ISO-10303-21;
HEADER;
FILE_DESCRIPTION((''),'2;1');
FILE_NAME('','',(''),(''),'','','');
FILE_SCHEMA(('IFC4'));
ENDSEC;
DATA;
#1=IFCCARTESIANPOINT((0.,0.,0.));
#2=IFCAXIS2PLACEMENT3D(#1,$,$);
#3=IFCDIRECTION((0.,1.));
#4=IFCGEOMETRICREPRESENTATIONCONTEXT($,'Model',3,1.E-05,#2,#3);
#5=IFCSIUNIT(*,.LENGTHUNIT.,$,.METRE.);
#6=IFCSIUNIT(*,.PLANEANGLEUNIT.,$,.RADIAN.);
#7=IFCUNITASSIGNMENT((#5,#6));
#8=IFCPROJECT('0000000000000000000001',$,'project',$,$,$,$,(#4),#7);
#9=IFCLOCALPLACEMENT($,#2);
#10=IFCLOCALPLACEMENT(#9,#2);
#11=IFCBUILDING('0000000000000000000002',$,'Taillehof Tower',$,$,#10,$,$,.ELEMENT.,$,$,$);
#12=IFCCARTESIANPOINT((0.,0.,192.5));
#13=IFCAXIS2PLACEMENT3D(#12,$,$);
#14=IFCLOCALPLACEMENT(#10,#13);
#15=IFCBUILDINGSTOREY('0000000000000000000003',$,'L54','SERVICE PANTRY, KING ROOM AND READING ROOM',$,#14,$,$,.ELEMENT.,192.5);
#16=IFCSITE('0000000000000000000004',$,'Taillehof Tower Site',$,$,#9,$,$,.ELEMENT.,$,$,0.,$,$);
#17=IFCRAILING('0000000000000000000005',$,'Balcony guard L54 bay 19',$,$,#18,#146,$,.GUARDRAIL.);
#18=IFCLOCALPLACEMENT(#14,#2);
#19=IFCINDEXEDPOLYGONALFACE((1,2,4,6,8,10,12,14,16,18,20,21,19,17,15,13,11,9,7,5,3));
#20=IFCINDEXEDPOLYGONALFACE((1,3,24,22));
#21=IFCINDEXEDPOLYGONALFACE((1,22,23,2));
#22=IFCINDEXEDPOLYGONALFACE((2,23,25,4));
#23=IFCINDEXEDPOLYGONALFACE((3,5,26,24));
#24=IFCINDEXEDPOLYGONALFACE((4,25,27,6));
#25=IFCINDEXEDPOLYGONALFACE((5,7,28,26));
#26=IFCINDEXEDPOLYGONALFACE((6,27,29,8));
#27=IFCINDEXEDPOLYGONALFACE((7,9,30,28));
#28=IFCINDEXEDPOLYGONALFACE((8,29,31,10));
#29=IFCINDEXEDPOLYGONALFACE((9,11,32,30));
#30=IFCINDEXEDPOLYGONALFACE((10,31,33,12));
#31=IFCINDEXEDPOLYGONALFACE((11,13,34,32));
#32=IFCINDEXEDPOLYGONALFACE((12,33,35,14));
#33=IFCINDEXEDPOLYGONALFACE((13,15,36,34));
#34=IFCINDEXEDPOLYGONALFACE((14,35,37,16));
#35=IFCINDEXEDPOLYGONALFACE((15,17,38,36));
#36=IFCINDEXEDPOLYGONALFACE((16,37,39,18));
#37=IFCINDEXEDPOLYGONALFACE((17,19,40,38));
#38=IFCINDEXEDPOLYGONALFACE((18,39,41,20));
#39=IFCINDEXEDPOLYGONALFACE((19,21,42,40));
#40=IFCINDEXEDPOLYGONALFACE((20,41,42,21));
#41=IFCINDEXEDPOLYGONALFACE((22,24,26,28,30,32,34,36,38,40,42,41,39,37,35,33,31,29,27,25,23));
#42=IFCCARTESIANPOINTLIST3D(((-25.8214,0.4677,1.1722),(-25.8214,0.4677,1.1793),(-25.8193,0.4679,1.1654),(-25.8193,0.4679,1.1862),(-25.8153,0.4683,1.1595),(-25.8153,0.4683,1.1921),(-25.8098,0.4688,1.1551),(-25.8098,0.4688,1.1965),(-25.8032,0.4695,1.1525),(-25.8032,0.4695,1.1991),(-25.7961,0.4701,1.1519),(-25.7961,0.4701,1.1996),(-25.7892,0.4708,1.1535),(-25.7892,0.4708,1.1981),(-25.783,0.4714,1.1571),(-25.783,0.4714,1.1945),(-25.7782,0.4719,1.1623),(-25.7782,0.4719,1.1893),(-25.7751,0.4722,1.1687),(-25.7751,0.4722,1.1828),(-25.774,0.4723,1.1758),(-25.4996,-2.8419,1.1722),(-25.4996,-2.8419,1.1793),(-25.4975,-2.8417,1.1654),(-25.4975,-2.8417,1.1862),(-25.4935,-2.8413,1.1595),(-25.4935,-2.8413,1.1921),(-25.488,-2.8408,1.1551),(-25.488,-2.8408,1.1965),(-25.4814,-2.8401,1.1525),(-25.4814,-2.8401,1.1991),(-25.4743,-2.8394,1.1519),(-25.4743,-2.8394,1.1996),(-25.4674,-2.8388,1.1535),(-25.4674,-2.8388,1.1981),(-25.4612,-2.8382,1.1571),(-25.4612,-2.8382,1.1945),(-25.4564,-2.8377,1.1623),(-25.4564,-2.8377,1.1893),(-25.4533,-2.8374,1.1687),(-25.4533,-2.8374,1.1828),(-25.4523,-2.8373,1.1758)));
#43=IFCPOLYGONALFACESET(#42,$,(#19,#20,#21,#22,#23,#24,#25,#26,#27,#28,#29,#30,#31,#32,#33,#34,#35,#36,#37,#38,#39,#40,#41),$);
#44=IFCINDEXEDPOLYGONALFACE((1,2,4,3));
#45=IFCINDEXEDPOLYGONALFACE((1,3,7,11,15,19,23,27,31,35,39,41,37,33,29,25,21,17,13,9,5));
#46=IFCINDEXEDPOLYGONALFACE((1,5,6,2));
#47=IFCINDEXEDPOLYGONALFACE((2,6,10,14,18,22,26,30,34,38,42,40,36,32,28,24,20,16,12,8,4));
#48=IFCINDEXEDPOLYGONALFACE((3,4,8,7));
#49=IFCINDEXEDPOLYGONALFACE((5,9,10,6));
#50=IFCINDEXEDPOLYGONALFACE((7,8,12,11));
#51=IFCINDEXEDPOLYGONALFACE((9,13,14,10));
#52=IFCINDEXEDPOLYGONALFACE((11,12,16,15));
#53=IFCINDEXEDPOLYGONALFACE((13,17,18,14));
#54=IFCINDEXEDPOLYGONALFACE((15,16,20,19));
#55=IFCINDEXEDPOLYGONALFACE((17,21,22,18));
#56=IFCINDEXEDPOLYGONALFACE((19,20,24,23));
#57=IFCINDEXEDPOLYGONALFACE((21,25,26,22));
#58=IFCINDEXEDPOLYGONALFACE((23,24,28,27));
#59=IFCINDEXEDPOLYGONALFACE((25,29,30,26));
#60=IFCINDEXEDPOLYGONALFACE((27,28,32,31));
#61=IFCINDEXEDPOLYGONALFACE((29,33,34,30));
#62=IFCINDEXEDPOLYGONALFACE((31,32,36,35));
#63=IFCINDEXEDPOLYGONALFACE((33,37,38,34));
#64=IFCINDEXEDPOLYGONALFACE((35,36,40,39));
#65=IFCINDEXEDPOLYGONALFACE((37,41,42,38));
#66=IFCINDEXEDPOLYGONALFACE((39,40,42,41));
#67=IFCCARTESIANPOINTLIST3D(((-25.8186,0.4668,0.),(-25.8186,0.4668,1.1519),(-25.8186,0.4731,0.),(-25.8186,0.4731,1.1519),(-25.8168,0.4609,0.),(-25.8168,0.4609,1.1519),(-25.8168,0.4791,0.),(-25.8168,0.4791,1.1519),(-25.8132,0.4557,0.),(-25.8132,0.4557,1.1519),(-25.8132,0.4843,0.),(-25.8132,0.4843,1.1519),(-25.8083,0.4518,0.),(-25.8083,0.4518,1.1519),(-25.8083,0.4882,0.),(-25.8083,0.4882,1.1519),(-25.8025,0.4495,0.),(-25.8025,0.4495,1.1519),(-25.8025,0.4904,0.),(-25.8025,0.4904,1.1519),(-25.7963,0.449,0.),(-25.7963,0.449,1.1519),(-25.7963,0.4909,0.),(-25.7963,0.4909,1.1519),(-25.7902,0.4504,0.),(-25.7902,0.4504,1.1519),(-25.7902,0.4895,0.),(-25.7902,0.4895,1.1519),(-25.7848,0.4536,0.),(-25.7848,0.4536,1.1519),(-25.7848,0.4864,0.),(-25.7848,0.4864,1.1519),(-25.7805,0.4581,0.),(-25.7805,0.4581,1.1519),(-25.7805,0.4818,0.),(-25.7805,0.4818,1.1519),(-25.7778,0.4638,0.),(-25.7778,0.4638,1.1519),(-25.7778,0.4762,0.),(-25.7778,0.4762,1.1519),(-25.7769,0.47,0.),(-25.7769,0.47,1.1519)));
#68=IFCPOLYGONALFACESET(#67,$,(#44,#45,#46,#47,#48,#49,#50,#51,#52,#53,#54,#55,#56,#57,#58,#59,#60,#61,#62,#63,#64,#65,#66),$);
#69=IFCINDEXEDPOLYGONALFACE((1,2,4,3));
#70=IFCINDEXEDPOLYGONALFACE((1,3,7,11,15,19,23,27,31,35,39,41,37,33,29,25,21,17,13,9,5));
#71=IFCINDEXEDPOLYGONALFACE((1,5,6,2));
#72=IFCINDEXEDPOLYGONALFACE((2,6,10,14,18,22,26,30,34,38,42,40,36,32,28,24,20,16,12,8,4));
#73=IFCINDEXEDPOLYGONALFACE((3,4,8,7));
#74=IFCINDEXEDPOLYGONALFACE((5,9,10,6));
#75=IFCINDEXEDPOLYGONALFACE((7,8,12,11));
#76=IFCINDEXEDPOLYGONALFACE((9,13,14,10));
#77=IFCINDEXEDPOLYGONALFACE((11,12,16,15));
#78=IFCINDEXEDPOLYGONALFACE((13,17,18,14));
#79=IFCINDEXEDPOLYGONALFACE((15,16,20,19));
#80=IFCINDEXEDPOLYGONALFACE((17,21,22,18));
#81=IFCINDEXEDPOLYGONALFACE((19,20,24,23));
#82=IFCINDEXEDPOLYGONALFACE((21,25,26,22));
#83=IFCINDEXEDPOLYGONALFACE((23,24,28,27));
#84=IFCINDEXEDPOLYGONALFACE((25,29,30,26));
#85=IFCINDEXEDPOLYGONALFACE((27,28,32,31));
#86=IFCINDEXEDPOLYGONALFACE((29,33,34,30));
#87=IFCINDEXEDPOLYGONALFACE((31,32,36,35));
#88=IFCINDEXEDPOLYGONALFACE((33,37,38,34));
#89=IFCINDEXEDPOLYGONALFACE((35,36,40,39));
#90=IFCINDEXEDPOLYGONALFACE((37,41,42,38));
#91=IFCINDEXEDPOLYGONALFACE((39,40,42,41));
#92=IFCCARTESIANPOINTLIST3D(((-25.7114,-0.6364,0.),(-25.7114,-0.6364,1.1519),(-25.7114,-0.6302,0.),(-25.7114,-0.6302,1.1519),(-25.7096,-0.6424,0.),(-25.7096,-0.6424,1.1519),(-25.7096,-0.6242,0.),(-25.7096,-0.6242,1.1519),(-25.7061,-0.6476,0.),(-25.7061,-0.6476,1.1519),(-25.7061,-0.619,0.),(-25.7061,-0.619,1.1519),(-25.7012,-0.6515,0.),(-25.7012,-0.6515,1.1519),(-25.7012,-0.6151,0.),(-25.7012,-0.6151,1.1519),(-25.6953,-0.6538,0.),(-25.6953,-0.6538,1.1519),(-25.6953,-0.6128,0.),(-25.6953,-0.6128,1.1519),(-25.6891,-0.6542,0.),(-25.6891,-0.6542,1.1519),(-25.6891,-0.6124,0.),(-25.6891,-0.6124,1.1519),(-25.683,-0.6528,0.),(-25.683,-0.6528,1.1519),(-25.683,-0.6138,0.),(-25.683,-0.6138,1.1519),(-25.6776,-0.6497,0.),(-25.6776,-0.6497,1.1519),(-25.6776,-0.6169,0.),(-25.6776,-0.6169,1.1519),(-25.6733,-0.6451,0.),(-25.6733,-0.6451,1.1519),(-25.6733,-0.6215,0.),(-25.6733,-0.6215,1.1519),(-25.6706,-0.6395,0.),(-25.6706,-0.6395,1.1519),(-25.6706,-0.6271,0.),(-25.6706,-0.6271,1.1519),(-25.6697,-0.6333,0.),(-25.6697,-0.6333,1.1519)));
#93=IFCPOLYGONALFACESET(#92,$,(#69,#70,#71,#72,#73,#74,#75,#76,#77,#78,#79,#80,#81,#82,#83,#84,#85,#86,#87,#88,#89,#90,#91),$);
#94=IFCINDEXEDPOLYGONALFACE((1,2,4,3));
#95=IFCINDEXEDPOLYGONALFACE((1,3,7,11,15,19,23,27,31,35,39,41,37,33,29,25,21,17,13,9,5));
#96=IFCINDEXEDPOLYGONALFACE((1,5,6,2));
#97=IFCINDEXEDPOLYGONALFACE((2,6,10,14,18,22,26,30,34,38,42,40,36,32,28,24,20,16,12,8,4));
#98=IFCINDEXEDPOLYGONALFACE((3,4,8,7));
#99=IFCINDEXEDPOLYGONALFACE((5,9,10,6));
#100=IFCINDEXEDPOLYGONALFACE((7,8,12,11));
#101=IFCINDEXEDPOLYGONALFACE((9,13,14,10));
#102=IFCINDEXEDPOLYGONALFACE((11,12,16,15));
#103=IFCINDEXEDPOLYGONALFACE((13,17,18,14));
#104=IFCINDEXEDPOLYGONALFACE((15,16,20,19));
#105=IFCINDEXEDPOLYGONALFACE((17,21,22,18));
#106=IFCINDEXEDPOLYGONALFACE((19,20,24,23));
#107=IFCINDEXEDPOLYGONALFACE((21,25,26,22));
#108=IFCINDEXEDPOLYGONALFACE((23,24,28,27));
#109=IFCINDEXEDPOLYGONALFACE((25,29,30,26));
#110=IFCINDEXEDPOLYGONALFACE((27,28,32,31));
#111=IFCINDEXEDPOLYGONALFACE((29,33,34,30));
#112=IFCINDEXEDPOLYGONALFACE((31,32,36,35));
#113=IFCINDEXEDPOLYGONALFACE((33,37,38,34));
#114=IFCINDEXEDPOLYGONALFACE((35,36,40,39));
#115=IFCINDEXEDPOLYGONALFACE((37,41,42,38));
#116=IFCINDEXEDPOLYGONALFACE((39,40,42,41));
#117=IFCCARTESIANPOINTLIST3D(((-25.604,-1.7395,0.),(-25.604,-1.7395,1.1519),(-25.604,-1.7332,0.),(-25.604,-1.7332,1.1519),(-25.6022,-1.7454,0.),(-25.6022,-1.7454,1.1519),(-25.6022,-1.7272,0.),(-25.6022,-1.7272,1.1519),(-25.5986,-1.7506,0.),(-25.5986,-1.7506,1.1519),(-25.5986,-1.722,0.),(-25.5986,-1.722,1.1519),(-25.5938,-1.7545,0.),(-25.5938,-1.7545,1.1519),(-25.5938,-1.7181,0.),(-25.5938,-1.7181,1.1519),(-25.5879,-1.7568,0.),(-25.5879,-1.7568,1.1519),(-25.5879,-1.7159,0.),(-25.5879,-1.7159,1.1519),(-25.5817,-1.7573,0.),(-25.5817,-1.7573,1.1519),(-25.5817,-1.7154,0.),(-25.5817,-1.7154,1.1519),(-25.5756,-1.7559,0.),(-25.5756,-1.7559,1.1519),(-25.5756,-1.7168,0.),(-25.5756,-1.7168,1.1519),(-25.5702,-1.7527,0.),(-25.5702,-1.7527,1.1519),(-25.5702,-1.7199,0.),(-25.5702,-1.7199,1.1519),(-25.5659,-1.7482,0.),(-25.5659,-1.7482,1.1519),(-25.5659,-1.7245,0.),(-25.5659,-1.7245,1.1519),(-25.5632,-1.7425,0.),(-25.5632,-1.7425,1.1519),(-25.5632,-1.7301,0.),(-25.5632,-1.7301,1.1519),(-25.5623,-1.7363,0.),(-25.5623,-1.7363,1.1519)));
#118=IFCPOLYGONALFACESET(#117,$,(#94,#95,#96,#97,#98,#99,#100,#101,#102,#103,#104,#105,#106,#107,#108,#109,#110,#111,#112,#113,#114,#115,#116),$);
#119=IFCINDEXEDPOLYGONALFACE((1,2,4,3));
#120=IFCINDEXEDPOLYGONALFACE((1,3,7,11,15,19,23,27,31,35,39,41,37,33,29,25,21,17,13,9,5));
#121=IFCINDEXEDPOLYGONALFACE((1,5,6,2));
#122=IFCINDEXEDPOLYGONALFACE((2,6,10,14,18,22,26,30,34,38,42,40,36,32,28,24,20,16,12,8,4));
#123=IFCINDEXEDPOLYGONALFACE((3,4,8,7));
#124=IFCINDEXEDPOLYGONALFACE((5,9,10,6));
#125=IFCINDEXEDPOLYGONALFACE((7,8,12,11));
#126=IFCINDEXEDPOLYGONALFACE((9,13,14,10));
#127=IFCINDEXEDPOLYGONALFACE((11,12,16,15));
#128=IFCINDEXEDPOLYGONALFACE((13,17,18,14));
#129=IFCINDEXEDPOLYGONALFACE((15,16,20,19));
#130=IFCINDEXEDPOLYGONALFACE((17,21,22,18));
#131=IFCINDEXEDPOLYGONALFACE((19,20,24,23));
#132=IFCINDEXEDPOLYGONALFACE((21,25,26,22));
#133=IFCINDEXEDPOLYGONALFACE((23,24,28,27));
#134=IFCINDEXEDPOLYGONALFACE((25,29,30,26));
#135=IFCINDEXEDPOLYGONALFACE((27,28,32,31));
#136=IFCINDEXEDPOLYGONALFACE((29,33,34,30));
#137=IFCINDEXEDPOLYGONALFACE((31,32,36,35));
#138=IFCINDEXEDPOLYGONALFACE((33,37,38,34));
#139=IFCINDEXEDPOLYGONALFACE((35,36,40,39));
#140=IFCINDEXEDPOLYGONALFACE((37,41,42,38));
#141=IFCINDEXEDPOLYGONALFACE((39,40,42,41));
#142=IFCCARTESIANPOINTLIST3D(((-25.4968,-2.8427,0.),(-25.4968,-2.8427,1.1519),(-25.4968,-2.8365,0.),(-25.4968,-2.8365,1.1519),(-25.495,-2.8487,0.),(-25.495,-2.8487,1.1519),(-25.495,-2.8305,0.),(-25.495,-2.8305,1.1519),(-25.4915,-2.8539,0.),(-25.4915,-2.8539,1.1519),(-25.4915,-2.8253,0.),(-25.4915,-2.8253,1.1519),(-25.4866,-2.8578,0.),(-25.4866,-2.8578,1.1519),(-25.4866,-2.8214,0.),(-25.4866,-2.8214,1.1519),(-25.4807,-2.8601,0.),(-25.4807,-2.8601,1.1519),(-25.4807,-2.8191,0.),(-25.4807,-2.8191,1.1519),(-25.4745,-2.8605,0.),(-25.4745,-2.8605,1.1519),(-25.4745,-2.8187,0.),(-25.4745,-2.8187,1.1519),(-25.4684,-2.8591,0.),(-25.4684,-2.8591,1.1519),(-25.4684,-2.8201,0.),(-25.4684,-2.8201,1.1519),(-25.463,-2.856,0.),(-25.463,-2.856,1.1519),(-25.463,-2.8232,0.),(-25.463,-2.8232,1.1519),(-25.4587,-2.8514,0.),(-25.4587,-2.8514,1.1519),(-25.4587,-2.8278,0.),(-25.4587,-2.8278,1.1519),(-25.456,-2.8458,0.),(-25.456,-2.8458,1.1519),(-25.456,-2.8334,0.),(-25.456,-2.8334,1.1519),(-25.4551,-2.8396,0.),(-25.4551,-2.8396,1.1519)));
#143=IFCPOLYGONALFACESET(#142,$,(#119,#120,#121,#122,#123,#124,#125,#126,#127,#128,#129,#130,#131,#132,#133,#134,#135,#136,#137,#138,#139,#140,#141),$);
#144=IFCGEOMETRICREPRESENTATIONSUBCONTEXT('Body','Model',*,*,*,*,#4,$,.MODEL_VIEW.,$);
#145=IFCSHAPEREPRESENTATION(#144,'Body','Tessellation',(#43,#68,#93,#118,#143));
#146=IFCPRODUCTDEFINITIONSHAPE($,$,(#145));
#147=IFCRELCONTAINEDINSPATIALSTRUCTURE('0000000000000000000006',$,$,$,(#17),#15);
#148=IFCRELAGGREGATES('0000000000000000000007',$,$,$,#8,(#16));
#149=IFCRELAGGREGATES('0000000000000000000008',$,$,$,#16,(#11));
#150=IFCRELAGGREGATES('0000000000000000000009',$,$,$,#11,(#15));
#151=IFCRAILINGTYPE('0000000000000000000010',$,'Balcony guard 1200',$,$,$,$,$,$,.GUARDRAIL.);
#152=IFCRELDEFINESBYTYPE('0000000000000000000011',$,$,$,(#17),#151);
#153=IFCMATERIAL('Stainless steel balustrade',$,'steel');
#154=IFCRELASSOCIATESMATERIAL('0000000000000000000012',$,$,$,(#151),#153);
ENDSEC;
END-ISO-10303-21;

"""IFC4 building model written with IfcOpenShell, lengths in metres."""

from ifc_helpers import new_model, si_unit, direction, frame, origin, origin_2d, place, context, subcontext, project, spatial, circle, extrude, material, type_object, element, save


model = new_model("IFC4")

# Units and contexts
model_context = context("Model", 3, precision=1e-05, world=origin(), true_north=direction((0.0, 1.0)))
body_context = subcontext(model_context, "Body", "Model", "MODEL_VIEW")
ifc_project = project(units=[si_unit("LENGTHUNIT", "METRE"), si_unit("PLANEANGLEUNIT", "RADIAN")], contexts=[model_context])

# Site, building, storey
site_placement = place(None, origin())
site = spatial("IfcSite", under=ifc_project, at=site_placement, Name="Taillehof Tower Site", CompositionType="ELEMENT", RefElevation=0.0)
building_placement = place(site_placement, origin())
building = spatial("IfcBuilding", under=site, at=building_placement, Name="Taillehof Tower", CompositionType="ELEMENT")
storey_placement = place(building_placement, frame((0.0, 0.0, 192.5)))
storey = spatial("IfcBuildingStorey", under=building, at=storey_placement, Name="L54", Description="SERVICE PANTRY, KING ROOM AND READING ROOM", CompositionType="ELEMENT", Elevation=192.5)

# Railing
ifc_material_1 = material(Name="Stainless steel balustrade", Category="steel")
railing_type = type_object("IfcRailingType", Name="Balcony guard 1200", PredefinedType="GUARDRAIL", material=ifc_material_1)
railing_1_placement = place(storey_placement, frame((-25.7979, 0.47, 0.0)))
element("IfcRailing", 1, at=railing_1_placement, inside=storey, type_object=railing_type, Name="Balcony guard L54 bay 19", PredefinedType="GUARDRAIL", context=body_context, shape_type="SweptSolid", body=[
    extrude(circle(Radius=0.0239, at=origin_2d()), frame((0.0, 0.0, 1.1758), z_axis=(0.09677, -0.995307, 0.0), x_axis=(0.995307, 0.09677, 0.0)), (0.0, 0.0, 1.0), 3.3252),
    extrude(circle(Radius=0.021, at=origin_2d()), origin(), (0.0, 0.0, 1.0), 1.1519),
    extrude(circle(Radius=0.021, at=origin_2d()), frame((0.1072, -1.1033, 0.0)), (0.0, 0.0, 1.0), 1.1519),
    extrude(circle(Radius=0.021, at=origin_2d()), frame((0.2146, -2.2063, 0.0)), (0.0, 0.0, 1.0), 1.1519),
    extrude(circle(Radius=0.021, at=origin_2d()), frame((0.3218, -3.3096, 0.0)), (0.0, 0.0, 1.0), 1.1519),
])

save(model, "model.ifc")
